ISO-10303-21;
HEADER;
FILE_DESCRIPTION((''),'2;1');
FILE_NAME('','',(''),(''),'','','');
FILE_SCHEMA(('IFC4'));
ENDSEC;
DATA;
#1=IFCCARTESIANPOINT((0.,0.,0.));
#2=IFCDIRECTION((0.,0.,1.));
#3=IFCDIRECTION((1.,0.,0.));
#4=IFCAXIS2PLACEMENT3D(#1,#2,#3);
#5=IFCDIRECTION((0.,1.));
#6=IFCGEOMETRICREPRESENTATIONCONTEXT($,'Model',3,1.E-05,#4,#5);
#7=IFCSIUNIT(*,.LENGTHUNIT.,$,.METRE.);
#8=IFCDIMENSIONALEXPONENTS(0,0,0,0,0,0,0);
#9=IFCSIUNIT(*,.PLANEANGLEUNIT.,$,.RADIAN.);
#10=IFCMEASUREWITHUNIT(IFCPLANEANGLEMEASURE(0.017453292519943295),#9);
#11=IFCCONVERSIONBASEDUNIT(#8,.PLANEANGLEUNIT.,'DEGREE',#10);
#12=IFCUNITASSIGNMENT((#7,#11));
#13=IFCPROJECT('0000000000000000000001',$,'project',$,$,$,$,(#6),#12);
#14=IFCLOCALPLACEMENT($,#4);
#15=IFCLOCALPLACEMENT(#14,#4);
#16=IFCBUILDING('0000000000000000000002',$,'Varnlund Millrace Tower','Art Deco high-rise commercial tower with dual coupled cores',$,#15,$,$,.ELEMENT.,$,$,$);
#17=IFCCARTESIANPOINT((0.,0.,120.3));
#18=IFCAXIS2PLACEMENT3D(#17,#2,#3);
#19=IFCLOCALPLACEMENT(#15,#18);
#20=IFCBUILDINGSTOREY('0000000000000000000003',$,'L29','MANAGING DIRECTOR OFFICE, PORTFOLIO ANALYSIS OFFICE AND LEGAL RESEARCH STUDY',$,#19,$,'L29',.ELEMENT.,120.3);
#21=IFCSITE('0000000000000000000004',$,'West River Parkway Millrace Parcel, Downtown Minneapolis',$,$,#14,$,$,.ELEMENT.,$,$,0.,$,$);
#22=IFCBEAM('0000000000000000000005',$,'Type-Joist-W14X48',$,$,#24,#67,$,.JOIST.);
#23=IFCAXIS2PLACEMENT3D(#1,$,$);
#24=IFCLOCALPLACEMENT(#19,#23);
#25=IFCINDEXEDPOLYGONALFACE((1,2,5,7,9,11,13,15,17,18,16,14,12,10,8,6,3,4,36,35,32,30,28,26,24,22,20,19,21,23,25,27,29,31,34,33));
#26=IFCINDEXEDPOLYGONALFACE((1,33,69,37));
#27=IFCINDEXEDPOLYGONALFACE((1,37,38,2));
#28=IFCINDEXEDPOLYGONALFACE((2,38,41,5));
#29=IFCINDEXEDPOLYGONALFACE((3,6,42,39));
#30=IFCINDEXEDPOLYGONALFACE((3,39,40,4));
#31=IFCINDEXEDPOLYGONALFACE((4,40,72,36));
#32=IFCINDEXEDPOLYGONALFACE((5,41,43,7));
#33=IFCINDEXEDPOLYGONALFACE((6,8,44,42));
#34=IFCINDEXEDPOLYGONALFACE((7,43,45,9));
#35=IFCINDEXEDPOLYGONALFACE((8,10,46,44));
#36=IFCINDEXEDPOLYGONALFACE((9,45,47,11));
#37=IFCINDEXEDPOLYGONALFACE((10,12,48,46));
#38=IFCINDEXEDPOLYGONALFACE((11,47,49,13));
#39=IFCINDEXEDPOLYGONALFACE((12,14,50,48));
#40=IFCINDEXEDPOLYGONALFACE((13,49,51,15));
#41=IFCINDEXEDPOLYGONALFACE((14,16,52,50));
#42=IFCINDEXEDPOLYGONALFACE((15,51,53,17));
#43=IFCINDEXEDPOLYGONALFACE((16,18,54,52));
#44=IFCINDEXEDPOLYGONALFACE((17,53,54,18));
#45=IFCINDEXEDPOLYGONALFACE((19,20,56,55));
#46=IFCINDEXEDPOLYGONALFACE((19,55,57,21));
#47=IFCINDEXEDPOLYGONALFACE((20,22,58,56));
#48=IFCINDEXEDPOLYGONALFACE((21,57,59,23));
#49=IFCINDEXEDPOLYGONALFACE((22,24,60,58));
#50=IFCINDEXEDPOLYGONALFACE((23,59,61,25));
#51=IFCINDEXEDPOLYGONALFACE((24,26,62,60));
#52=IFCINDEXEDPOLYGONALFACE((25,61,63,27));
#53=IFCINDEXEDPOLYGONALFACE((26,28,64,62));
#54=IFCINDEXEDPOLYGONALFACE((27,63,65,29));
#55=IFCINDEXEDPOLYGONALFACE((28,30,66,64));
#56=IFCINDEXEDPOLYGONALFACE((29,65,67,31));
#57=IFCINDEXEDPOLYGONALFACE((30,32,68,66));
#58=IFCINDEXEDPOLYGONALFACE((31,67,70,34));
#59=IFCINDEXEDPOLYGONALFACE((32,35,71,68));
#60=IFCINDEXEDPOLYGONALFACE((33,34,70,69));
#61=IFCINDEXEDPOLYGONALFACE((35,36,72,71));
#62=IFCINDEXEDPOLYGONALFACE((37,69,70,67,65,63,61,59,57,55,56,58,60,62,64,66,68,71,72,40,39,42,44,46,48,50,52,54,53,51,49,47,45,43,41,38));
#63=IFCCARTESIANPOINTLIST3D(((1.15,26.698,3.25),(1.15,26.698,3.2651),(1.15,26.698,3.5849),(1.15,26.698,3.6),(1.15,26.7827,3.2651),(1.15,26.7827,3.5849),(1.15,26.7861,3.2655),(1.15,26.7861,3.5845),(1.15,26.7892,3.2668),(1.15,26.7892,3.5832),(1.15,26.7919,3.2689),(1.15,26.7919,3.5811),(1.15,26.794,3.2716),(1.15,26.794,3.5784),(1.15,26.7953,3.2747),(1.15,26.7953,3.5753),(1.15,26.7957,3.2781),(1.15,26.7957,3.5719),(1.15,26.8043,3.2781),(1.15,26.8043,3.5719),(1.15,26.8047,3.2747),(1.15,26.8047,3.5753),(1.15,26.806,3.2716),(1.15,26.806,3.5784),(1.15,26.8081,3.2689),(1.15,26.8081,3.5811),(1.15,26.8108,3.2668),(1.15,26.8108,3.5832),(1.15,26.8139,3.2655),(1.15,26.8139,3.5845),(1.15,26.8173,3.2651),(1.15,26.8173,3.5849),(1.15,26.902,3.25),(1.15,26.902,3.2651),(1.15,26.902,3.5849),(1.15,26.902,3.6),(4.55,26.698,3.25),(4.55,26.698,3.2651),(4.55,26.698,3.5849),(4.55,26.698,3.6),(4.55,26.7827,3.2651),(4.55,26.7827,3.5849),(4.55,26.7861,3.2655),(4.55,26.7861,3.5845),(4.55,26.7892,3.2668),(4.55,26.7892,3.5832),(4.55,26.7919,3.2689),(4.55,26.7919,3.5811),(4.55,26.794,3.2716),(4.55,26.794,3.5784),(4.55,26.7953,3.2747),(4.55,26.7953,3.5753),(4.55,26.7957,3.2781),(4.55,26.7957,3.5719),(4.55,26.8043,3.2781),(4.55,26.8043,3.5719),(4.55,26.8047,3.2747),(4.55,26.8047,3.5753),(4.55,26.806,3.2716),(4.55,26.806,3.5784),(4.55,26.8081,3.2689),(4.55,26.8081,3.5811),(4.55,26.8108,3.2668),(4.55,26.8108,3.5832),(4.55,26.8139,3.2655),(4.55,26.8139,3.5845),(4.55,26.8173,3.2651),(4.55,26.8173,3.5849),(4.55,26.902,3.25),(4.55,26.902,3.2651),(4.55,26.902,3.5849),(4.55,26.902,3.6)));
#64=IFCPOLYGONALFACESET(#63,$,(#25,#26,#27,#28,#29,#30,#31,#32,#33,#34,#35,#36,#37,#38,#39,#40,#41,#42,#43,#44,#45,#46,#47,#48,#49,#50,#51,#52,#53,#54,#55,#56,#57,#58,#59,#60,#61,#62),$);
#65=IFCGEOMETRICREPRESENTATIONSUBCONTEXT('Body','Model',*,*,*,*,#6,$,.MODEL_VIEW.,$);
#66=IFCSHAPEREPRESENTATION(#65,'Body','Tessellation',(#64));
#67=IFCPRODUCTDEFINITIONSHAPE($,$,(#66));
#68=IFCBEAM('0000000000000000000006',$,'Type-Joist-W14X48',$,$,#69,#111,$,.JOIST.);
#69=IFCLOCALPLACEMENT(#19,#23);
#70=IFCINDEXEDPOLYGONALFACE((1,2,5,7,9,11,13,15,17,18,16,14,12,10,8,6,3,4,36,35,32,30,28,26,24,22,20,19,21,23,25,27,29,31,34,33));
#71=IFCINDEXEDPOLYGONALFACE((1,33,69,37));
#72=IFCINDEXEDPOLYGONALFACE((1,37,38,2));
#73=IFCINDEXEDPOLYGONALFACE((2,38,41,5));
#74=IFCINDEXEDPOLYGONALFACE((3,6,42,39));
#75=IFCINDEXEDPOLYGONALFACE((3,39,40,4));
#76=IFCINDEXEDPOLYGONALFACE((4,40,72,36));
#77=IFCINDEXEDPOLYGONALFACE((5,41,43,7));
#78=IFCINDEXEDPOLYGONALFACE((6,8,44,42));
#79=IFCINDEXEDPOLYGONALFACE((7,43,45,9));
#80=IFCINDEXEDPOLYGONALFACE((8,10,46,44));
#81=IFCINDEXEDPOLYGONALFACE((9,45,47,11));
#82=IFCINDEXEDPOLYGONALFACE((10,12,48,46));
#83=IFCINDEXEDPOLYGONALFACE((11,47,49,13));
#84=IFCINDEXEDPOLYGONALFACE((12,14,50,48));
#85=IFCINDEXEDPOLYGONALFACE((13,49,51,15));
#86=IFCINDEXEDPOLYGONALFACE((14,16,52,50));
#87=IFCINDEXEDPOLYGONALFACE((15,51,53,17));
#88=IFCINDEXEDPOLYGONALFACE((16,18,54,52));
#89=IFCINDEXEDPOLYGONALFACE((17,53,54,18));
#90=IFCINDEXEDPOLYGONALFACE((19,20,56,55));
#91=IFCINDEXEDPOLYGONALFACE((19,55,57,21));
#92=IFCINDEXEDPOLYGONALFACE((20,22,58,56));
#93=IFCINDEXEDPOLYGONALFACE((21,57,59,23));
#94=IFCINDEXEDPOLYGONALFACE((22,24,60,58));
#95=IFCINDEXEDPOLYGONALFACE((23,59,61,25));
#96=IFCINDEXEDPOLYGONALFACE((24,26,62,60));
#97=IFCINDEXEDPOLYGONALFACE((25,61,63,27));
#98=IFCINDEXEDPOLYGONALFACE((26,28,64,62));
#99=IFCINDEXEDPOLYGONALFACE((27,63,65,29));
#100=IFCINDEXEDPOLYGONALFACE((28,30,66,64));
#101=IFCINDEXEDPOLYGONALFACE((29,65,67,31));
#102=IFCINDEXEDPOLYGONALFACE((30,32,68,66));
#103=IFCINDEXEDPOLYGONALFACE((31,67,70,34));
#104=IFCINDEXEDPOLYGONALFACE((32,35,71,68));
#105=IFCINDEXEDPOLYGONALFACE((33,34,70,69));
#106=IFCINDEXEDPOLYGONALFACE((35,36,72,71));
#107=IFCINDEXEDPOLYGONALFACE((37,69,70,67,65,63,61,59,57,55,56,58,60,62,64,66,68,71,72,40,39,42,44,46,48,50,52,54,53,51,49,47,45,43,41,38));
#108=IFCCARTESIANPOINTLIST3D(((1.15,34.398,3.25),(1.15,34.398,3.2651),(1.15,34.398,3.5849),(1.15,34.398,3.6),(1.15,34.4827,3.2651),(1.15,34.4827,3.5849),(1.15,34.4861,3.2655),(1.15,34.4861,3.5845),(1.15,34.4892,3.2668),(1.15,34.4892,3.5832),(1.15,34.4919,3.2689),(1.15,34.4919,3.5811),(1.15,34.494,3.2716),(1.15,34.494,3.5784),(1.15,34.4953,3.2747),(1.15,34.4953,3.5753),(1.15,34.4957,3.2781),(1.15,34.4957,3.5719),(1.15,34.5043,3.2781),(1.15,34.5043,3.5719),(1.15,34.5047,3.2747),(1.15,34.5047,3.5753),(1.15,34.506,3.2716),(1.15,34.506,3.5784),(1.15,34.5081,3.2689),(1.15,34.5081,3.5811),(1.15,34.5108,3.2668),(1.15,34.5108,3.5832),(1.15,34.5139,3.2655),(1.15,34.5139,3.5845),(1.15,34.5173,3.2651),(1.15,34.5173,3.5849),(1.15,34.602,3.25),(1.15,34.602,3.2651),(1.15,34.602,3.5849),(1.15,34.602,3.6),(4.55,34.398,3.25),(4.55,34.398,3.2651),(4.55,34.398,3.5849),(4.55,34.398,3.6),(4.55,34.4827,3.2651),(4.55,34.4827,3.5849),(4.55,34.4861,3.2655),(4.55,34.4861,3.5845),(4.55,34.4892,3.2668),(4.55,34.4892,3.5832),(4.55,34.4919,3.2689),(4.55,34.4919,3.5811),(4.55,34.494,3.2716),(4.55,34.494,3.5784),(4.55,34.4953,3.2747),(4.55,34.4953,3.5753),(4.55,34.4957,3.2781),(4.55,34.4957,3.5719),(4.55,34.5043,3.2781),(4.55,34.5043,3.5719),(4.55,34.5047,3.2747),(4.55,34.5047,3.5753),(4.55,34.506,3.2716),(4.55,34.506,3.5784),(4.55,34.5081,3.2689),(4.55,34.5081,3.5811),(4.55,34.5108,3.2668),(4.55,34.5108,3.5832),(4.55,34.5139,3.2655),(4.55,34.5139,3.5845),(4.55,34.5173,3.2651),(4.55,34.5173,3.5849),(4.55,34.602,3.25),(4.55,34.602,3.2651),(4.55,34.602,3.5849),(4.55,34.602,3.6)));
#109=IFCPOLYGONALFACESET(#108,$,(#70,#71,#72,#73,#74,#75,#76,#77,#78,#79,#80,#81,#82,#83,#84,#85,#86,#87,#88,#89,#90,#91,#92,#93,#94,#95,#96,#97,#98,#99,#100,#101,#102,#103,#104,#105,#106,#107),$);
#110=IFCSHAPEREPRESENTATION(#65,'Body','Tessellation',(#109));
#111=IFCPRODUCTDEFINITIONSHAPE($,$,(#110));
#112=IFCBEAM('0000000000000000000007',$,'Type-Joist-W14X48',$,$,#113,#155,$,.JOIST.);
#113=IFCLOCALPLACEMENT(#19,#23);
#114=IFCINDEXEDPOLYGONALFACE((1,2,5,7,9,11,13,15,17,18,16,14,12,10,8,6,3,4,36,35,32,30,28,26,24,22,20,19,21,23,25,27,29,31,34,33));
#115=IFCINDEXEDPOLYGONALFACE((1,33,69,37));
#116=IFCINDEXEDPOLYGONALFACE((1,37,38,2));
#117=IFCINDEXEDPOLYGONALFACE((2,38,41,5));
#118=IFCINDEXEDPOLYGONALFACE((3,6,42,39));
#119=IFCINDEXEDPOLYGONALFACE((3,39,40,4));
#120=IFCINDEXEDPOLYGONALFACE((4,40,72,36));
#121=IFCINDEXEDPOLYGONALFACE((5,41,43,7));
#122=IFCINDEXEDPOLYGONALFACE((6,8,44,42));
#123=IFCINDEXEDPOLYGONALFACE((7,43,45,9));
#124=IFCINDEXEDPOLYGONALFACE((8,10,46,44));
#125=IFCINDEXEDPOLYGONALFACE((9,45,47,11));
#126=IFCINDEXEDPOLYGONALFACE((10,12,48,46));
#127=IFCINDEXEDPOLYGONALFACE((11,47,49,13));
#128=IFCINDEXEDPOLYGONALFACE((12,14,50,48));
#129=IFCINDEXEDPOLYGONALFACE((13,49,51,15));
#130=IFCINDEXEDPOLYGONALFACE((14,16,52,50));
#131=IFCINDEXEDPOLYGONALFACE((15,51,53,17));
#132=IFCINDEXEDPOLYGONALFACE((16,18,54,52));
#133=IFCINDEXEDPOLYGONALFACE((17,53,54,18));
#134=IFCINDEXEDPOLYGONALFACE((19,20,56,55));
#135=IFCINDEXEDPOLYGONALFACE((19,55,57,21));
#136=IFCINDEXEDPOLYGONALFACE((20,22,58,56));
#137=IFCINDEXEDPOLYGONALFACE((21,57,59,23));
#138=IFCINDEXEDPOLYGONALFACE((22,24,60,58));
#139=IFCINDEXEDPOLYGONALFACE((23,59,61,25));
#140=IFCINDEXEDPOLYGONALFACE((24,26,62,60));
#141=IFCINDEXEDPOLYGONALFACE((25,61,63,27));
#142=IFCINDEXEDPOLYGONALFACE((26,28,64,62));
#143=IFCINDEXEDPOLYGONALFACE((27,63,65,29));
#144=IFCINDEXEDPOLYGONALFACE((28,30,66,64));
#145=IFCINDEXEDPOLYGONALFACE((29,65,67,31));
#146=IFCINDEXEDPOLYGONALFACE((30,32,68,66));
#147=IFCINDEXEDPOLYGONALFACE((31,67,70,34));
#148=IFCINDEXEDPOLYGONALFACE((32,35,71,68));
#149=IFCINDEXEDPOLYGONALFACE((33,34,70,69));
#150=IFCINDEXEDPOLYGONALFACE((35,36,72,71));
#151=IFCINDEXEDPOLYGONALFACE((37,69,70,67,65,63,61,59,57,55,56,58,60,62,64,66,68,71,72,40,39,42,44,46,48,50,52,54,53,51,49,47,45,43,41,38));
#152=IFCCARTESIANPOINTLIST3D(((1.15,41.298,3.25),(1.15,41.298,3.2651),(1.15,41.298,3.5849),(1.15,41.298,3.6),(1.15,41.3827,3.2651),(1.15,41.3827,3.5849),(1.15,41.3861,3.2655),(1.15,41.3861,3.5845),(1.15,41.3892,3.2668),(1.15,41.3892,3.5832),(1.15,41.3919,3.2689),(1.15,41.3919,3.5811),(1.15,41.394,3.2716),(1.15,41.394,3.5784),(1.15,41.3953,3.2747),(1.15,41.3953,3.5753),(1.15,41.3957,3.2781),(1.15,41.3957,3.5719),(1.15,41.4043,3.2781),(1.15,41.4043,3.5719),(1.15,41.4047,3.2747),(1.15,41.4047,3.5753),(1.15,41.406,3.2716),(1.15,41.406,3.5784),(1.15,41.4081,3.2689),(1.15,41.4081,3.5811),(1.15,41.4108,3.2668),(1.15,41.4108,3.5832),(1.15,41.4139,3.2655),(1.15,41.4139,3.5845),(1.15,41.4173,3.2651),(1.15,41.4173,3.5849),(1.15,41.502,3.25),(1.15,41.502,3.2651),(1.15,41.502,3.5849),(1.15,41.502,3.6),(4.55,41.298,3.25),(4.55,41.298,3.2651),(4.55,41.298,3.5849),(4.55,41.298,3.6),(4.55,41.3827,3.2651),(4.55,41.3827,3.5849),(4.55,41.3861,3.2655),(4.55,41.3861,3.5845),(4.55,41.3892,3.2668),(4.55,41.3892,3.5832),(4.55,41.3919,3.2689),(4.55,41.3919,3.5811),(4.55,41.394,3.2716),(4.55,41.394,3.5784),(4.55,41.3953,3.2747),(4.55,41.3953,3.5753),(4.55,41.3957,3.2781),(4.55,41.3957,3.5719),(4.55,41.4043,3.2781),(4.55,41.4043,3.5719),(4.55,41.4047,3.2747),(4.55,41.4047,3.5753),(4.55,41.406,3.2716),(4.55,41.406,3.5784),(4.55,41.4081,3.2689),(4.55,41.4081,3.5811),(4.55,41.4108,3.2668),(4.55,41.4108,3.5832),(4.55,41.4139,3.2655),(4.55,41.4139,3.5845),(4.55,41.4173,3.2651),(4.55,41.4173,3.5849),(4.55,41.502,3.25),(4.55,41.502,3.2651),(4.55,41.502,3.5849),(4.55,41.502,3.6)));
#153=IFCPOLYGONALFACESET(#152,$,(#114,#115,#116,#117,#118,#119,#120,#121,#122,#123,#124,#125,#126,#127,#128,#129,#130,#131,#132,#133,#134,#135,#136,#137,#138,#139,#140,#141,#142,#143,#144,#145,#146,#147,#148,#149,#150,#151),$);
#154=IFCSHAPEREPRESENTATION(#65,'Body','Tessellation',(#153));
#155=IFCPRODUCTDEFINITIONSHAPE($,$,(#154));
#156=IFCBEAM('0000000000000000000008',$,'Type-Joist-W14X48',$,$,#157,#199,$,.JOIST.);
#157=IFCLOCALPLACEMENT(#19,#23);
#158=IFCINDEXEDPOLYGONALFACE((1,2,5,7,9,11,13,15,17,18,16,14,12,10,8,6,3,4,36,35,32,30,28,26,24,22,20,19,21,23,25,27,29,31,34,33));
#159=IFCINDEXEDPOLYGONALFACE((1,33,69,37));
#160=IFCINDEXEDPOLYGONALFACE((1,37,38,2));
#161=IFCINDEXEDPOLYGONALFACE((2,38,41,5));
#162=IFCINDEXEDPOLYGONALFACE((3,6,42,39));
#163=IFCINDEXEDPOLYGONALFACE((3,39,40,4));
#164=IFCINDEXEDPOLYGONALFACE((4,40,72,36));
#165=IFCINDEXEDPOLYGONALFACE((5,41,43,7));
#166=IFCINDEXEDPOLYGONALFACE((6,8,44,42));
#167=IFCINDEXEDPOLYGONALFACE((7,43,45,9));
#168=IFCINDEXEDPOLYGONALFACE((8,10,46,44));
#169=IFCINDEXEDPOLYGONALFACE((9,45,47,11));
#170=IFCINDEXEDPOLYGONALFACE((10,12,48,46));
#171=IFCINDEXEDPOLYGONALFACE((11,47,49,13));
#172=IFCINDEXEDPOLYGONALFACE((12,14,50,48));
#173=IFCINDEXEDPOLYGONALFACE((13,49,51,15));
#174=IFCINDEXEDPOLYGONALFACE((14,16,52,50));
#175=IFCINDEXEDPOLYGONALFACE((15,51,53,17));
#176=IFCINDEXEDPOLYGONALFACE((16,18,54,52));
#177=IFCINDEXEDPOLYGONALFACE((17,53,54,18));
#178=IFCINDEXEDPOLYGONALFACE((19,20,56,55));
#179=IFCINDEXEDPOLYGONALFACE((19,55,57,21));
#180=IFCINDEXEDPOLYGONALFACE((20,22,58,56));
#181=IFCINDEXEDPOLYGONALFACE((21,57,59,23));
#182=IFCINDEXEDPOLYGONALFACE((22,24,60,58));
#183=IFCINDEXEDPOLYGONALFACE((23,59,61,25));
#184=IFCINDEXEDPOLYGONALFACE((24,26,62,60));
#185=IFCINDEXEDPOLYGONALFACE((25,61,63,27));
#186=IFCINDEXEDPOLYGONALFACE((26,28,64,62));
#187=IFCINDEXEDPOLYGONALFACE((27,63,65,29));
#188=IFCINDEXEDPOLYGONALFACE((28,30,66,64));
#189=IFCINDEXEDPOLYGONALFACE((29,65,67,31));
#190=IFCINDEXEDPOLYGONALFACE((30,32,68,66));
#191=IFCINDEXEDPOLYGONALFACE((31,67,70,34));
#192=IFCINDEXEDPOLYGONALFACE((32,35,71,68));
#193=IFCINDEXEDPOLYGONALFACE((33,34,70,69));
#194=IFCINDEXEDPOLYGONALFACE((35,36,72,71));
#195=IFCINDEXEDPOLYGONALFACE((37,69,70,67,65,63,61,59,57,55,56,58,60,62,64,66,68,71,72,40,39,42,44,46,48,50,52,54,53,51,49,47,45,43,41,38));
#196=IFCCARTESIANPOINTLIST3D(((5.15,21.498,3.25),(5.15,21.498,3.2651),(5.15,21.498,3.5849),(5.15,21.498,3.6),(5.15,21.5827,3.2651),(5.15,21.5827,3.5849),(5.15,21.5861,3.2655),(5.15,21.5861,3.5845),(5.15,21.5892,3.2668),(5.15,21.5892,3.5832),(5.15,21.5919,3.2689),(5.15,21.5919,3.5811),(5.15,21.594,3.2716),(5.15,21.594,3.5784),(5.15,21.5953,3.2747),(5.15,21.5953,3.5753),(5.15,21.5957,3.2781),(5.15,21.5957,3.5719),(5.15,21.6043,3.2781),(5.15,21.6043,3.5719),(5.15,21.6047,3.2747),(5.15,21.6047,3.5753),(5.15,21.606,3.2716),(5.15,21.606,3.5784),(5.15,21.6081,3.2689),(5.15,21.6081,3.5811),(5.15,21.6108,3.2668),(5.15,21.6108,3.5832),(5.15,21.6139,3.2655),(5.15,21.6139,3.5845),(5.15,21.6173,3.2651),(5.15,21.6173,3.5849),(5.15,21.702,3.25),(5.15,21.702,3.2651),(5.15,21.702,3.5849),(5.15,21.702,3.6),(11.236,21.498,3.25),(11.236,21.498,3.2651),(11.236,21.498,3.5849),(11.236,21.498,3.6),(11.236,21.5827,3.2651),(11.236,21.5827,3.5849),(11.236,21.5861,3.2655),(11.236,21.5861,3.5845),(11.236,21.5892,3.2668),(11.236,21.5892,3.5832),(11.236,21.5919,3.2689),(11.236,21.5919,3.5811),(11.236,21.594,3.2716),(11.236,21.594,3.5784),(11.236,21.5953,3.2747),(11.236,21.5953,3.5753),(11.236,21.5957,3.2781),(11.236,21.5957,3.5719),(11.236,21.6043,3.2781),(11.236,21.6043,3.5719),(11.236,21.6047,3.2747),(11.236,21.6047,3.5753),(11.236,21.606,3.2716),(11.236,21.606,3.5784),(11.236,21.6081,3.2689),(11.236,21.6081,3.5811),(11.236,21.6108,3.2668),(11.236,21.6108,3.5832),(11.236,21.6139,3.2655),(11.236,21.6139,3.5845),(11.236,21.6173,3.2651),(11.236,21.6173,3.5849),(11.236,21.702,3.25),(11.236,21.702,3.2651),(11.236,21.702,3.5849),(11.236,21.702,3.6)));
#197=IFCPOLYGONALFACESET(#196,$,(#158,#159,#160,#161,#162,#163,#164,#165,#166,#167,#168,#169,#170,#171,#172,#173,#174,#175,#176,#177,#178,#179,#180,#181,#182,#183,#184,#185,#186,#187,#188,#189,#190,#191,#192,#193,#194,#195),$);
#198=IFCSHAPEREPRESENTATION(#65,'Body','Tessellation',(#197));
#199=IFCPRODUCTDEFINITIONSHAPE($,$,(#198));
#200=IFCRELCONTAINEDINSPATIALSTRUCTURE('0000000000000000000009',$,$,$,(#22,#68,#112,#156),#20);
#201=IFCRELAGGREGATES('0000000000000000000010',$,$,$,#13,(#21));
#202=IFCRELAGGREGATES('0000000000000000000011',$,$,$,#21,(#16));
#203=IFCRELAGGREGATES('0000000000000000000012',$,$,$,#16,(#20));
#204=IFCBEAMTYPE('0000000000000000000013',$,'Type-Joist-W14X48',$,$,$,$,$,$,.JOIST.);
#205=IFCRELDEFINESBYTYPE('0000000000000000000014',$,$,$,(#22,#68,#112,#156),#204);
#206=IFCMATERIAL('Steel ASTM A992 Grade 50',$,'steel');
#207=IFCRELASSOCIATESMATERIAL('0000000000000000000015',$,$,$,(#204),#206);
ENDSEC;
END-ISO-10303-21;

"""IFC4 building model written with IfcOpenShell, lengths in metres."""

from ifc_helpers import new_model, entity, si_unit, converted_unit, direction, frame, origin_with_axes, origin_2d_with_axis, place, context, subcontext, project, spatial, i_section, extrude, material, material_profile, profile_set, type_object, element, save


model = new_model("IFC4")

# Units and contexts
model_context = context("Model", 3, precision=1e-05, world=origin_with_axes(), true_north=direction((0.0, 1.0)))
body_context = subcontext(model_context, "Body", "Model", "MODEL_VIEW")
ifc_project = project(units=[si_unit("LENGTHUNIT", "METRE"), converted_unit("PLANEANGLEUNIT", "DEGREE", entity("IfcPlaneAngleMeasure", 0.017453292519943295), si_unit("PLANEANGLEUNIT", "RADIAN"), dimensions=[0, 0, 0, 0, 0, 0, 0])], contexts=[model_context])

# Site, building, storey
site_placement = place(None, origin_with_axes())
site = spatial("IfcSite", under=ifc_project, at=site_placement, Name="West River Parkway Millrace Parcel, Downtown Minneapolis", CompositionType="ELEMENT", RefElevation=0.0)
building_placement = place(site_placement, origin_with_axes())
building = spatial("IfcBuilding", under=site, at=building_placement, Name="Varnlund Millrace Tower", Description="Art Deco high-rise commercial tower with dual coupled cores", CompositionType="ELEMENT")
storey_placement = place(building_placement, frame((0.0, 0.0, 120.3), z_axis=(0.0, 0.0, 1.0), x_axis=(1.0, 0.0, 0.0)))
storey = spatial("IfcBuildingStorey", under=building, at=storey_placement, Name="L29", Description="MANAGING DIRECTOR OFFICE, PORTFOLIO ANALYSIS OFFICE AND LEGAL RESEARCH STUDY", LongName="L29", CompositionType="ELEMENT", Elevation=120.3)

# Beams
ifc_material_1 = material(Name="Steel ASTM A992 Grade 50", Category="steel")
ifc_material_profile_1 = material_profile(ifc_material_1, i_section(OverallWidth=0.204, OverallDepth=0.35, WebThickness=0.0086, FlangeThickness=0.0151, FilletRadius=0.013, at=origin_2d_with_axis()), Name="Steel ASTM A992 Grade 50")
ifc_profile_set_1 = profile_set([ifc_material_profile_1], Name="Steel ASTM A992 Grade 50")
beam_type_1 = type_object("IfcBeamType", Name="Type-Joist-W14X48", PredefinedType="JOIST", material=ifc_profile_set_1)
for number, where, z_axis, x_axis, name in (
    (1, (1.15, 26.8, 3.425), (1.0, 0.0, 0.0), (0.0, 1.0, 0.0), "Type-Joist-W14X48"),
    (2, (1.15, 34.5, 3.425), (1.0, 0.0, 0.0), (0.0, 1.0, 0.0), "Type-Joist-W14X48"),
    (3, (1.15, 41.4, 3.425), (1.0, 0.0, 0.0), (0.0, 1.0, 0.0), "Type-Joist-W14X48"),
):
    element("IfcBeam", number, at=place(storey_placement, frame(where, z_axis=z_axis, x_axis=x_axis)), inside=storey, type_object=beam_type_1, Name=name, PredefinedType="JOIST", context=body_context, shape_type="SweptSolid", body=[
        extrude(i_section(OverallWidth=0.204, OverallDepth=0.35, WebThickness=0.0086, FlangeThickness=0.0151, FilletRadius=0.013, at=origin_2d_with_axis()), origin_with_axes(), (0.0, 0.0, 1.0), 3.4),
    ])
for number, where, z_axis, x_axis, name in (
    (4, (5.15, 21.6, 3.425), (1.0, 0.0, 0.0), (0.0, 1.0, 0.0), "Type-Joist-W14X48"),
):
    element("IfcBeam", number, at=place(storey_placement, frame(where, z_axis=z_axis, x_axis=x_axis)), inside=storey, type_object=beam_type_1, Name=name, PredefinedType="JOIST", context=body_context, shape_type="SweptSolid", body=[
        extrude(i_section(OverallWidth=0.204, OverallDepth=0.35, WebThickness=0.0086, FlangeThickness=0.0151, FilletRadius=0.013, at=origin_2d_with_axis()), origin_with_axes(), (0.0, 0.0, 1.0), 6.086),
    ])

save(model, "model.ifc")
